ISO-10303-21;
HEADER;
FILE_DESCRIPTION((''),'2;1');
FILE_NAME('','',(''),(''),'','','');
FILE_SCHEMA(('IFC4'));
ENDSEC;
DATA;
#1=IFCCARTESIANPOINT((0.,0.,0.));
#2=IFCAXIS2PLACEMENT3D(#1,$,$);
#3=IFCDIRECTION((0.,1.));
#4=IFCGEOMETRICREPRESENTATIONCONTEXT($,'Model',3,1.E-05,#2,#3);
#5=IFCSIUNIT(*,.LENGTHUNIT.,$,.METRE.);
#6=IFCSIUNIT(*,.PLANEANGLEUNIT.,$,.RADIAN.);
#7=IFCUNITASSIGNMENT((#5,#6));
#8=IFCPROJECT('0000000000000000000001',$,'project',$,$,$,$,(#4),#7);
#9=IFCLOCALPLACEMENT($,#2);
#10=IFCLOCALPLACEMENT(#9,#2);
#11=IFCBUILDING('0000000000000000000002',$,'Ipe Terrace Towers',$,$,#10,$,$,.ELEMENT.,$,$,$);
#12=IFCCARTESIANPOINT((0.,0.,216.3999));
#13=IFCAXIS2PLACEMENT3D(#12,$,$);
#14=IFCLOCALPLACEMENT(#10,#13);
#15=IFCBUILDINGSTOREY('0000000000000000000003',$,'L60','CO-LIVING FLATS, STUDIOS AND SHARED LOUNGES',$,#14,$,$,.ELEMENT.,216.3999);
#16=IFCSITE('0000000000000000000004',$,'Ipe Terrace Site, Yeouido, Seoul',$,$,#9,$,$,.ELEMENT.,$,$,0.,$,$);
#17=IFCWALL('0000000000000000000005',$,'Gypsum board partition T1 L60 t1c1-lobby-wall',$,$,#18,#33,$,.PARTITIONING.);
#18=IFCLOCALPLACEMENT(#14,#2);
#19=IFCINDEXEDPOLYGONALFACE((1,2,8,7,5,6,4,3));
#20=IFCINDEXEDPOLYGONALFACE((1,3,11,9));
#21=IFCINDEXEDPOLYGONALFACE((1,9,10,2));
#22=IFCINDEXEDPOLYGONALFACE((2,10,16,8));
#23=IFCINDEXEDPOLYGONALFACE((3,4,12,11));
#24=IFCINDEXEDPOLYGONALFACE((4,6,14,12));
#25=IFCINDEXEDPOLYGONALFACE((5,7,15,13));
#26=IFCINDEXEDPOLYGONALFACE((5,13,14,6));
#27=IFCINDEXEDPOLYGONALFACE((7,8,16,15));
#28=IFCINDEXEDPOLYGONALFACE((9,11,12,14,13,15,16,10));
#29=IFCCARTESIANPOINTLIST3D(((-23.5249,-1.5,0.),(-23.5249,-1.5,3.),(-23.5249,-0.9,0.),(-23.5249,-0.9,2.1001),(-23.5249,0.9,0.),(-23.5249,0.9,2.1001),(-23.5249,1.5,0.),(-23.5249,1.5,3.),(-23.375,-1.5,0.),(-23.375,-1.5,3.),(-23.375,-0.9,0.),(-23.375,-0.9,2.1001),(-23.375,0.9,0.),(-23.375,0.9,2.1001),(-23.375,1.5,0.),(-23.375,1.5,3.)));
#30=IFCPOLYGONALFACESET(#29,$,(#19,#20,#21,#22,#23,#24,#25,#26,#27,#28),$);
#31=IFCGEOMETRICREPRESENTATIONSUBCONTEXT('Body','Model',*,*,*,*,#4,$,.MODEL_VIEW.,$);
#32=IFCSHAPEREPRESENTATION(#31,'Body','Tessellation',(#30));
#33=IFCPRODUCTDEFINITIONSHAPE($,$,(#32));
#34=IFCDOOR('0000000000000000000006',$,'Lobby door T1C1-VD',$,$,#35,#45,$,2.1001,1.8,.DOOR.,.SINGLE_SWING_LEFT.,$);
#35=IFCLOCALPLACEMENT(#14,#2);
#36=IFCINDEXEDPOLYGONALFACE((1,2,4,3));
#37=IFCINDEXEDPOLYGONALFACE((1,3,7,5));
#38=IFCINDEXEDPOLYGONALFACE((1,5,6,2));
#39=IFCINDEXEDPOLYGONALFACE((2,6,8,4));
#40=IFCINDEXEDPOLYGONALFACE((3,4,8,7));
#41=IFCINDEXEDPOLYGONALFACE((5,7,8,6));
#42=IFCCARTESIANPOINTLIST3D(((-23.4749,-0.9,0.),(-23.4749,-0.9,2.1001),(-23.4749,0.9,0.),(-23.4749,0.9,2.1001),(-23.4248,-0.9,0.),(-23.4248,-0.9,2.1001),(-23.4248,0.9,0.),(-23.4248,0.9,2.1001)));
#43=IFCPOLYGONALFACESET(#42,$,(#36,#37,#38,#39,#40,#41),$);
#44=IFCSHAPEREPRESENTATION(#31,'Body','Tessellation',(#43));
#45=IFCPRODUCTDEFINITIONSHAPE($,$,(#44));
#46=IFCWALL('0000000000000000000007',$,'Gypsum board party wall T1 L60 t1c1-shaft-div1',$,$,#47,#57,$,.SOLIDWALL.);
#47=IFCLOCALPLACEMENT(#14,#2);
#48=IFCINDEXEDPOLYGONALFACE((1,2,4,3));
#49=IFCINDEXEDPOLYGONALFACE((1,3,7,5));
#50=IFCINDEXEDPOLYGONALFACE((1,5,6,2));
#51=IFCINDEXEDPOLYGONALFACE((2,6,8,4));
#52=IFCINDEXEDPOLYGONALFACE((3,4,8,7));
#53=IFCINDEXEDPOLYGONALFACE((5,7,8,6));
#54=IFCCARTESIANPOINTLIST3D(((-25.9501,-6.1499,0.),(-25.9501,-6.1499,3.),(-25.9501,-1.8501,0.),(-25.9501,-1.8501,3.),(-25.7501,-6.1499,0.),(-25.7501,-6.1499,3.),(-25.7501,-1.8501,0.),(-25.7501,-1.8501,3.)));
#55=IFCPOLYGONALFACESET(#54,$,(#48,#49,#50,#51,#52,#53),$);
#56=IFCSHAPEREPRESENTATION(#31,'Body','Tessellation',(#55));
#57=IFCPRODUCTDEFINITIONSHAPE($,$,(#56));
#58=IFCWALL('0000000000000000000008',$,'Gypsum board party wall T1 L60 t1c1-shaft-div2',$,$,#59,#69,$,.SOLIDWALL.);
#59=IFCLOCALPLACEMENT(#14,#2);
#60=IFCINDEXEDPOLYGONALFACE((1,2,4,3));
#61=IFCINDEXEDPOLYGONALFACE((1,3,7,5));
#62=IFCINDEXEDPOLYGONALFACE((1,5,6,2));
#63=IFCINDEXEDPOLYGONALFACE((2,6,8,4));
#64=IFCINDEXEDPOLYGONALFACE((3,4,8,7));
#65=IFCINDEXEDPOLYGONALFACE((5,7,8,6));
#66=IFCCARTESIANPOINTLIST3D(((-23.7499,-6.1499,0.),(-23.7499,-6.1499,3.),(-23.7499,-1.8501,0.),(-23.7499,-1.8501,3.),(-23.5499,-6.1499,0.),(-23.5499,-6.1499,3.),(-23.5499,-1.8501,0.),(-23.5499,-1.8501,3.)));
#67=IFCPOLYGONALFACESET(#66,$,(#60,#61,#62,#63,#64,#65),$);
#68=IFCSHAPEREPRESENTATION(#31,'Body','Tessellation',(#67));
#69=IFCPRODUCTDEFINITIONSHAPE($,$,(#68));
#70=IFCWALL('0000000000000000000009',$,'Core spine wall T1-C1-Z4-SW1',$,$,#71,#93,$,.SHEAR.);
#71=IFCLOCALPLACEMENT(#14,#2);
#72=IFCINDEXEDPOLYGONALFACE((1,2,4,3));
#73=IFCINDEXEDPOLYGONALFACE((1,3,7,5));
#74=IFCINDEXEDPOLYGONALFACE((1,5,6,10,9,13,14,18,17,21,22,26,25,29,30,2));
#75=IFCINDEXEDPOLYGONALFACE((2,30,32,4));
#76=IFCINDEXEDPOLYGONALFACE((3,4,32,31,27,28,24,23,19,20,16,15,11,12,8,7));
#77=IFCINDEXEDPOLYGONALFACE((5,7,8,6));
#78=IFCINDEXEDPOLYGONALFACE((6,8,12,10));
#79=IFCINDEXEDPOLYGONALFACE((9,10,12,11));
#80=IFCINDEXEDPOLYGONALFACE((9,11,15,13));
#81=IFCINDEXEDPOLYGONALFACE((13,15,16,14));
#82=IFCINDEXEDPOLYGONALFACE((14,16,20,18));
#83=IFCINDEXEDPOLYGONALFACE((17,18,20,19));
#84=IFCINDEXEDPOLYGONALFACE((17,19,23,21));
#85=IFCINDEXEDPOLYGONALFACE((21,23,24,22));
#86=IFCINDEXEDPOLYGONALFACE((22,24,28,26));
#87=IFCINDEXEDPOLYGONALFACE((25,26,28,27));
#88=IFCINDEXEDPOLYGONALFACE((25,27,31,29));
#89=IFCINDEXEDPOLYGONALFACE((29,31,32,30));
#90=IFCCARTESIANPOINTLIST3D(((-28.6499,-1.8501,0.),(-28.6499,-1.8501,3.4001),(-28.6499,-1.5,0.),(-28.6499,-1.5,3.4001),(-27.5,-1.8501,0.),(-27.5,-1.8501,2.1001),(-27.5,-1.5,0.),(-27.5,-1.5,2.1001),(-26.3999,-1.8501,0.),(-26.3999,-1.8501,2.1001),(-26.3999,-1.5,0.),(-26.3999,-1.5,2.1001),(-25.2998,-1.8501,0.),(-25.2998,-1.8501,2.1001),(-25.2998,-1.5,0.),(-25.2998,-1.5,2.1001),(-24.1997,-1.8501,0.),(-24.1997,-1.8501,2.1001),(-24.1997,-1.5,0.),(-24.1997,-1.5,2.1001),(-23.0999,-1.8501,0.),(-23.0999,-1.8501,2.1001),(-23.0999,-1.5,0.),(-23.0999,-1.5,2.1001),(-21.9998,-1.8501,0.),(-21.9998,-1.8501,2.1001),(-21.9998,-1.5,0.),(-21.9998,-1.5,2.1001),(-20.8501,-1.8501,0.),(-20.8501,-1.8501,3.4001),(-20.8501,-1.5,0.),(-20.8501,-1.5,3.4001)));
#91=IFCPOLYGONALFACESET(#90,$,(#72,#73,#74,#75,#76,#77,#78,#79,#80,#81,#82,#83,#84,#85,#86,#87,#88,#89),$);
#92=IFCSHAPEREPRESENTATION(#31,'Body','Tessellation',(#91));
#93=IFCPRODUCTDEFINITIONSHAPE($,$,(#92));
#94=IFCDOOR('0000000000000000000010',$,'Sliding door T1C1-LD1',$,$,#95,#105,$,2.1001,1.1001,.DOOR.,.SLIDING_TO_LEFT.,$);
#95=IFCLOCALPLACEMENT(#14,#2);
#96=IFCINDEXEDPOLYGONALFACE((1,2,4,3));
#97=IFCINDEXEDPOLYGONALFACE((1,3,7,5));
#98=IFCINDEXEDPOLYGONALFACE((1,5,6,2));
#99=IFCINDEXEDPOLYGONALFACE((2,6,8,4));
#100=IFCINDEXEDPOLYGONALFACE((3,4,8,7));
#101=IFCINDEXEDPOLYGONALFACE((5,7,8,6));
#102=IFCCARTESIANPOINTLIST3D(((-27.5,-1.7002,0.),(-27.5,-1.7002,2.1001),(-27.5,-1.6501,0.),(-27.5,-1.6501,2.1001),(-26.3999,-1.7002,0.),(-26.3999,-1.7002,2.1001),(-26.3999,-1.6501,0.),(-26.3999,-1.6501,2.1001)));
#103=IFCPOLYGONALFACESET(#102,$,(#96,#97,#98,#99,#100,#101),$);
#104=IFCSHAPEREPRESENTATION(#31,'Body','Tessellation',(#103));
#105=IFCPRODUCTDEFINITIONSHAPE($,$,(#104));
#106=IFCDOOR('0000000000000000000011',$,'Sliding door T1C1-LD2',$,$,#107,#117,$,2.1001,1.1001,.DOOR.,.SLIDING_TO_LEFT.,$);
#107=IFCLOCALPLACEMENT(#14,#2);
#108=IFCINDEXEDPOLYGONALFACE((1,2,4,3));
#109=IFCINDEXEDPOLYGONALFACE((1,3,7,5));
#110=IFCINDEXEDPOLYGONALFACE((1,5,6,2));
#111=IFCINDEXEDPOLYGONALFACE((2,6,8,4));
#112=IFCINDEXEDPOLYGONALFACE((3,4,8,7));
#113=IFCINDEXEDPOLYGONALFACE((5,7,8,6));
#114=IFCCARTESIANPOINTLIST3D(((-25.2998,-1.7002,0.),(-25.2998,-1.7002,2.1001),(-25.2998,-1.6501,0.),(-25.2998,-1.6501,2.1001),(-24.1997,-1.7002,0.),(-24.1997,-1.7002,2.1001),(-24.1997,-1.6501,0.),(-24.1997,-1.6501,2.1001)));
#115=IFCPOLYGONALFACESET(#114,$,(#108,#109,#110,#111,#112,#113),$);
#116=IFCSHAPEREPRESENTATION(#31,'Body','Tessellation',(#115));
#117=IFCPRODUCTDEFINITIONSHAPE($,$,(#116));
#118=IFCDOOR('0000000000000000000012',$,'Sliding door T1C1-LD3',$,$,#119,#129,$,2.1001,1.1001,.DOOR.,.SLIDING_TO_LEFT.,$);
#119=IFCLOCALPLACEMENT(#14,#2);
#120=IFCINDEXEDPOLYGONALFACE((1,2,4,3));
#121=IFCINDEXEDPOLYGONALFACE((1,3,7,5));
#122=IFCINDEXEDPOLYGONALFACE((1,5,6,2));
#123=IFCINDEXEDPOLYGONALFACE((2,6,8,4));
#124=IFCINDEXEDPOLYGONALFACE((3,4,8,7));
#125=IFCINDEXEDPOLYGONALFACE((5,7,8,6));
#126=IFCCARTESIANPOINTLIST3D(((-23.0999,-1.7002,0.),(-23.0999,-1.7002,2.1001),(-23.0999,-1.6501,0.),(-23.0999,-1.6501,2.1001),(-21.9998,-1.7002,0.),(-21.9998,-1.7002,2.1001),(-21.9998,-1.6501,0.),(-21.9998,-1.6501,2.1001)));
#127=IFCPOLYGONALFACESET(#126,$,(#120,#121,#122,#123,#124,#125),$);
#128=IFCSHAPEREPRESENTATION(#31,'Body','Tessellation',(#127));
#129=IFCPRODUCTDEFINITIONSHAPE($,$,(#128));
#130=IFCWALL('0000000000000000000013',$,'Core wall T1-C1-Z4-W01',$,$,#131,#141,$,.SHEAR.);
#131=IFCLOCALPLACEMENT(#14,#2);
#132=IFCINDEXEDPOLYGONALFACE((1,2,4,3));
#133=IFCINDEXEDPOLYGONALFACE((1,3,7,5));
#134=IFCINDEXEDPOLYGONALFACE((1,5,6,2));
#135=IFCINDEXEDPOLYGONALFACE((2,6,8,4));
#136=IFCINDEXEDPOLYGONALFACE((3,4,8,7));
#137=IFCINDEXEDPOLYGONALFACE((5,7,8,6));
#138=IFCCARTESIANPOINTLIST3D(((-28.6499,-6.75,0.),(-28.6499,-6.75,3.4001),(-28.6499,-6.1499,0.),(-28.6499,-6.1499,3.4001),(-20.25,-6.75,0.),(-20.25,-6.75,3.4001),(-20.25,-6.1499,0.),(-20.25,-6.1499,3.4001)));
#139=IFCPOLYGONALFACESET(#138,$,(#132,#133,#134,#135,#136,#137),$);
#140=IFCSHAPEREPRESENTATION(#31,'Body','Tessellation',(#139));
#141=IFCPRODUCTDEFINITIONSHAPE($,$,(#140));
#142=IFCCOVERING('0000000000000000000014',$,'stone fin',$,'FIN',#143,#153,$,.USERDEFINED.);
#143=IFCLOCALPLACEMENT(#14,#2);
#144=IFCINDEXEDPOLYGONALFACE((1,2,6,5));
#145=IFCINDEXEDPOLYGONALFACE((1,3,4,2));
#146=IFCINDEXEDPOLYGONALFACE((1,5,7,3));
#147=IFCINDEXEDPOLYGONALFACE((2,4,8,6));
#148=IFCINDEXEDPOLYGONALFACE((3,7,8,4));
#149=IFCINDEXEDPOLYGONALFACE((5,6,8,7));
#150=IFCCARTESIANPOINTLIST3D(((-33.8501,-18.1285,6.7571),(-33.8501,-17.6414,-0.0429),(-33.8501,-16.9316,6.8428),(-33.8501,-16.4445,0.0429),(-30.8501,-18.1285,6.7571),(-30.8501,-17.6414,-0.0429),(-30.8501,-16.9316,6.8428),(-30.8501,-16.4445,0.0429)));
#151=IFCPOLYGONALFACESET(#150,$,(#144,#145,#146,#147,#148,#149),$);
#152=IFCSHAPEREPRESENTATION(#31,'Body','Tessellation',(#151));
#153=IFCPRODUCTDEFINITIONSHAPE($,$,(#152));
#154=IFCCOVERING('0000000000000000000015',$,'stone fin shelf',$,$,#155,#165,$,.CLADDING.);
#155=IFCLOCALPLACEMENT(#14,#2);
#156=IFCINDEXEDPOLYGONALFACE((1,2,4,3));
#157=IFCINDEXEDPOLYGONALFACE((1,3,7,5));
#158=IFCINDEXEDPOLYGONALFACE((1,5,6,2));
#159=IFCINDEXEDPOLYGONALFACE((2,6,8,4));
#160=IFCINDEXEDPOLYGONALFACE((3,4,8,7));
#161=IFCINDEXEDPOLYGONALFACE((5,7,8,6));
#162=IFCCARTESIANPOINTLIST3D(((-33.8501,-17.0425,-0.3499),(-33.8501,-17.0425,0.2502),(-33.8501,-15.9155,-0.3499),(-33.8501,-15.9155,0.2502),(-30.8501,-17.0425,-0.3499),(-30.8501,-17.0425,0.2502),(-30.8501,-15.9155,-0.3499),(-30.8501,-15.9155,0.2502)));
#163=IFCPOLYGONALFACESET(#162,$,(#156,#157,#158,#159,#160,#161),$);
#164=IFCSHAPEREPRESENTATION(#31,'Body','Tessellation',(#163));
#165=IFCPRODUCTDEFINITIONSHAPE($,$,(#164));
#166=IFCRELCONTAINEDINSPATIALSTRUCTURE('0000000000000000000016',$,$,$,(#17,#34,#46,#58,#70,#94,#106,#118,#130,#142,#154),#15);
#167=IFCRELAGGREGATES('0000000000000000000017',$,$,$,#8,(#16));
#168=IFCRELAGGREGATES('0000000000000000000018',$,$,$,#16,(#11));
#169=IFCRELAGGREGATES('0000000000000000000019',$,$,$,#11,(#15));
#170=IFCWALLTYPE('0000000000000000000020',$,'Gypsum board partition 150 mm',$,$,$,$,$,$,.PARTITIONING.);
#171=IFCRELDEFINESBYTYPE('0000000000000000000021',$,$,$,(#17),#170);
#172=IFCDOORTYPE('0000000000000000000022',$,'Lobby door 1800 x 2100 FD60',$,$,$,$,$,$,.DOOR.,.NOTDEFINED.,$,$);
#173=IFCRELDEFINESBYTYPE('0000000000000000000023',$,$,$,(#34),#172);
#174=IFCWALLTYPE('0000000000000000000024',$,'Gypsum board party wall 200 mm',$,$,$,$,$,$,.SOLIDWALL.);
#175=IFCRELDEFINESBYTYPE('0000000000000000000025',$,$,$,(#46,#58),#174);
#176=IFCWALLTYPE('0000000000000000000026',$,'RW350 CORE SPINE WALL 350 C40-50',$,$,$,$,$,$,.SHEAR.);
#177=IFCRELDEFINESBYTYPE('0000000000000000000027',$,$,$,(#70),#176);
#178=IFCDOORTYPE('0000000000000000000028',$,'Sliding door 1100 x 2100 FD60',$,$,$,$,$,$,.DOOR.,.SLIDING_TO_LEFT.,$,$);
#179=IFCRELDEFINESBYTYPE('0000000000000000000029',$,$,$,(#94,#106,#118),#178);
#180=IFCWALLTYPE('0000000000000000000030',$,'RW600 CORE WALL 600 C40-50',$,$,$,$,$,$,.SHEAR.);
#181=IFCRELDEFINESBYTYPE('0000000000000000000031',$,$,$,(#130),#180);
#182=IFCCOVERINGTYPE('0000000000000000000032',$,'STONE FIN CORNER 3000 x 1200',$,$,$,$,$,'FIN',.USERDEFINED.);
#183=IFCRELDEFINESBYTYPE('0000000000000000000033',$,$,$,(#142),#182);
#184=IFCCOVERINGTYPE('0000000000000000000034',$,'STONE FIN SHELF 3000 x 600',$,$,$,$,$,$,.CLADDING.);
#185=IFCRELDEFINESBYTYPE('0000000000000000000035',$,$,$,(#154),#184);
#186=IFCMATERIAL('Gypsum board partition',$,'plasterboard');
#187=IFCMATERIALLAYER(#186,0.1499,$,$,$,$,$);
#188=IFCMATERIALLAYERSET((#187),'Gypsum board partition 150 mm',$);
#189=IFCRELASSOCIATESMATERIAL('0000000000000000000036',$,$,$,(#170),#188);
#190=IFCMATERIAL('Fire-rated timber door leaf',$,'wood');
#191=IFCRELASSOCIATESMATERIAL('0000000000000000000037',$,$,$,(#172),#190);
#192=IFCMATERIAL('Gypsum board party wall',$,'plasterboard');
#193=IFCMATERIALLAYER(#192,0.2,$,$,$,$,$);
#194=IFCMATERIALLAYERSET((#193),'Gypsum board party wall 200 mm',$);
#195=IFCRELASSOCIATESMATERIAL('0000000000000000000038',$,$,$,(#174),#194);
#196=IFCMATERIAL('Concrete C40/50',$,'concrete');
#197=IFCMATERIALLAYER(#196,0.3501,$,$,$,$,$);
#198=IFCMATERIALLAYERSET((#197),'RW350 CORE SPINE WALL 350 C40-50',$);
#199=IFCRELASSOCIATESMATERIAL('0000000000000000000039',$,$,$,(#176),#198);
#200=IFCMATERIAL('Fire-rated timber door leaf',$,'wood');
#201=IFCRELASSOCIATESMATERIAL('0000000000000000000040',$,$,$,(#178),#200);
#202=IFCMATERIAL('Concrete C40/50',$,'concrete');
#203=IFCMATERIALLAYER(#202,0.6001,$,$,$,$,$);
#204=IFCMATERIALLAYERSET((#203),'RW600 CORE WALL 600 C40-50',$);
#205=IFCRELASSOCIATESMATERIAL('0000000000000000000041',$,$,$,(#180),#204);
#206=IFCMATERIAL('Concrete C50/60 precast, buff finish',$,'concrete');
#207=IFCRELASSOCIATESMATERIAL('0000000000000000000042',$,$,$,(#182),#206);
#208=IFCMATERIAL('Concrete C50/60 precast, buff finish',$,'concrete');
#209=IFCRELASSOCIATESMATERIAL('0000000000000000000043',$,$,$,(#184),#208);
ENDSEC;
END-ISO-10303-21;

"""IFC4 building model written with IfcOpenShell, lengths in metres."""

from ifc_helpers import new_model, si_unit, direction, frame, frame_2d, origin, origin_2d, place, context, subcontext, project, spatial, rectangle, extrude, material, layer, layer_set, material_profile, profile_set, type_object, element, fill, save


model = new_model("IFC4")

# Units and contexts
model_context = context("Model", 3, precision=1e-05, world=origin(), true_north=direction((0.0, 1.0)))
body_context = subcontext(model_context, "Body", "Model", "MODEL_VIEW")
ifc_project = project(units=[si_unit("LENGTHUNIT", "METRE"), si_unit("PLANEANGLEUNIT", "RADIAN")], contexts=[model_context])

# Site, building, storey
site_placement = place(None, origin())
site = spatial("IfcSite", under=ifc_project, at=site_placement, Name="Ipe Terrace Site, Yeouido, Seoul", CompositionType="ELEMENT", RefElevation=0.0)
building_placement = place(site_placement, origin())
building = spatial("IfcBuilding", under=site, at=building_placement, Name="Ipe Terrace Towers", CompositionType="ELEMENT")
storey_placement = place(building_placement, frame((0.0, 0.0, 216.3999)))
storey = spatial("IfcBuildingStorey", under=building, at=storey_placement, Name="L60", Description="CO-LIVING FLATS, STUDIOS AND SHARED LOUNGES", CompositionType="ELEMENT", Elevation=216.3999)

# Wall, opening, door
ifc_material_1 = material(Name="Gypsum board partition", Category="plasterboard")
ifc_layer_1 = layer(ifc_material_1, 0.1499)
ifc_layer_set_1 = layer_set([ifc_layer_1], Name="Gypsum board partition 150 mm")
wall_type_1 = type_object("IfcWallType", Name="Gypsum board partition 150 mm", PredefinedType="PARTITIONING", material=ifc_layer_set_1)
wall_1_placement = place(storey_placement, frame((-23.45, -1.5, 0.0), z_axis=(0.0, 0.0, 1.0), x_axis=(0.0, 1.0, 0.0)))
wall_1 = element("IfcWall", 1, at=wall_1_placement, inside=storey, type_object=wall_type_1, Name="Gypsum board partition T1 L60 t1c1-lobby-wall", PredefinedType="PARTITIONING", context=body_context, shape_type="SweptSolid", body=[
    extrude(rectangle(XDim=3.0, YDim=0.1499, at=frame_2d((1.5, 0.0))), origin(), (0.0, 0.0, 1.0), 3.0),
])
opening_1_placement = place(wall_1_placement, frame((0.6001, 0.0, 0.0)))
opening_1 = element("IfcOpeningElement", 2, at=opening_1_placement, cuts=wall_1, PredefinedType="OPENING", context=body_context, shape_type="SweptSolid", body=[
    extrude(rectangle(XDim=1.8, YDim=2.1001, at=frame_2d((0.8999, 1.05))), frame((0.0, 0.085, 0.0), z_axis=(0.0, -1.0, 0.0), x_axis=(1.0, 0.0, 0.0)), (0.0, 0.0, 1.0), 0.1699),
])
ifc_material_2 = material(Name="Fire-rated timber door leaf", Category="wood")
door_type_1 = type_object("IfcDoorType", Name="Lobby door 1800 x 2100 FD60", OperationType="NOTDEFINED", PredefinedType="DOOR", material=ifc_material_2)
door_1_placement = place(opening_1_placement, origin())
door_1 = element("IfcDoor", 3, at=door_1_placement, inside=storey, type_object=door_type_1, Name="Lobby door T1C1-VD", OperationType="SINGLE_SWING_LEFT", OverallHeight=2.1001, OverallWidth=1.8, PredefinedType="DOOR", context=body_context, shape_type="SweptSolid", body=[
    extrude(rectangle(XDim=1.8, YDim=2.1001, at=frame_2d((0.8999, 1.05))), frame((0.0, 0.0249, 0.0), z_axis=(0.0, -1.0, 0.0), x_axis=(1.0, 0.0, 0.0)), (0.0, 0.0, 1.0), 0.05),
])
fill(opening_1, door_1)

# Walls
ifc_material_3 = material(Name="Gypsum board party wall", Category="plasterboard")
ifc_layer_2 = layer(ifc_material_3, 0.2)
ifc_layer_set_2 = layer_set([ifc_layer_2], Name="Gypsum board party wall 200 mm")
wall_type_2 = type_object("IfcWallType", Name="Gypsum board party wall 200 mm", PredefinedType="SOLIDWALL", material=ifc_layer_set_2)
for number, where, z_axis, x_axis, name in (
    (4, (-25.8501, -6.1499, 0.0), (0.0, 0.0, 1.0), (0.0, 1.0, 0.0), "Gypsum board party wall T1 L60 t1c1-shaft-div1"),
    (5, (-23.6499, -6.1499, 0.0), (0.0, 0.0, 1.0), (0.0, 1.0, 0.0), "Gypsum board party wall T1 L60 t1c1-shaft-div2"),
):
    element("IfcWall", number, at=place(storey_placement, frame(where, z_axis=z_axis, x_axis=x_axis)), inside=storey, type_object=wall_type_2, Name=name, PredefinedType="SOLIDWALL", context=body_context, shape_type="SweptSolid", body=[
        extrude(rectangle(XDim=4.2998, YDim=0.2, at=frame_2d((2.1499, 0.0))), origin(), (0.0, 0.0, 1.0), 3.0),
    ])

# Wall, openings, doors
ifc_material_4 = material(Name="Concrete C40/50", Category="concrete")
ifc_layer_3 = layer(ifc_material_4, 0.3501)
ifc_layer_set_3 = layer_set([ifc_layer_3], Name="RW350 CORE SPINE WALL 350 C40-50")
wall_type_3 = type_object("IfcWallType", Name="RW350 CORE SPINE WALL 350 C40-50", PredefinedType="SHEAR", material=ifc_layer_set_3)
wall_2_placement = place(storey_placement, frame((-28.6499, -1.675, 0.0), z_axis=(0.0, 0.0, 1.0), x_axis=(1.0, 0.0, 0.0)))
wall_2 = element("IfcWall", 6, at=wall_2_placement, inside=storey, type_object=wall_type_3, Name="Core spine wall T1-C1-Z4-SW1", PredefinedType="SHEAR", context=body_context, shape_type="SweptSolid", body=[
    extrude(rectangle(XDim=7.7998, YDim=0.3501, at=frame_2d((3.8999, 0.0))), origin(), (0.0, 0.0, 1.0), 3.4001),
])
opening_2_placement = place(wall_2_placement, frame((1.1499, 0.0, 0.0)))
opening_2 = element("IfcOpeningElement", 7, at=opening_2_placement, cuts=wall_2, PredefinedType="OPENING", context=body_context, shape_type="SweptSolid", body=[
    extrude(rectangle(XDim=1.1001, YDim=2.1001, at=frame_2d((0.55, 1.05))), frame((0.0, 0.1851, 0.0), z_axis=(0.0, -1.0, 0.0), x_axis=(1.0, 0.0, 0.0)), (0.0, 0.0, 1.0), 0.3701),
])
opening_3_placement = place(wall_2_placement, frame((3.3501, 0.0, 0.0)))
opening_3 = element("IfcOpeningElement", 8, at=opening_3_placement, cuts=wall_2, PredefinedType="OPENING", context=body_context, shape_type="SweptSolid", body=[
    extrude(rectangle(XDim=1.1001, YDim=2.1001, at=frame_2d((0.55, 1.05))), frame((0.0, 0.1851, 0.0), z_axis=(0.0, -1.0, 0.0), x_axis=(1.0, 0.0, 0.0)), (0.0, 0.0, 1.0), 0.3701),
])
opening_4_placement = place(wall_2_placement, frame((5.55, 0.0, 0.0)))
opening_4 = element("IfcOpeningElement", 9, at=opening_4_placement, cuts=wall_2, PredefinedType="OPENING", context=body_context, shape_type="SweptSolid", body=[
    extrude(rectangle(XDim=1.1001, YDim=2.1001, at=frame_2d((0.55, 1.05))), frame((0.0, 0.1851, 0.0), z_axis=(0.0, -1.0, 0.0), x_axis=(1.0, 0.0, 0.0)), (0.0, 0.0, 1.0), 0.3701),
])
ifc_material_5 = material(Name="Fire-rated timber door leaf", Category="wood")
door_type_2 = type_object("IfcDoorType", Name="Sliding door 1100 x 2100 FD60", OperationType="SLIDING_TO_LEFT", PredefinedType="DOOR", material=ifc_material_5)
door_2_placement = place(opening_2_placement, origin())
door_2 = element("IfcDoor", 10, at=door_2_placement, inside=storey, type_object=door_type_2, Name="Sliding door T1C1-LD1", OperationType="SLIDING_TO_LEFT", OverallHeight=2.1001, OverallWidth=1.1001, PredefinedType="DOOR", context=body_context, shape_type="SweptSolid", body=[
    extrude(rectangle(XDim=1.1001, YDim=2.1001, at=frame_2d((0.55, 1.05))), frame((0.0, 0.0249, 0.0), z_axis=(0.0, -1.0, 0.0), x_axis=(1.0, 0.0, 0.0)), (0.0, 0.0, 1.0), 0.05),
])
fill(opening_2, door_2)
door_3_placement = place(opening_3_placement, origin())
door_3 = element("IfcDoor", 11, at=door_3_placement, inside=storey, type_object=door_type_2, Name="Sliding door T1C1-LD2", OperationType="SLIDING_TO_LEFT", OverallHeight=2.1001, OverallWidth=1.1001, PredefinedType="DOOR", context=body_context, shape_type="SweptSolid", body=[
    extrude(rectangle(XDim=1.1001, YDim=2.1001, at=frame_2d((0.55, 1.05))), frame((0.0, 0.0249, 0.0), z_axis=(0.0, -1.0, 0.0), x_axis=(1.0, 0.0, 0.0)), (0.0, 0.0, 1.0), 0.05),
])
fill(opening_3, door_3)
door_4_placement = place(opening_4_placement, origin())
door_4 = element("IfcDoor", 12, at=door_4_placement, inside=storey, type_object=door_type_2, Name="Sliding door T1C1-LD3", OperationType="SLIDING_TO_LEFT", OverallHeight=2.1001, OverallWidth=1.1001, PredefinedType="DOOR", context=body_context, shape_type="SweptSolid", body=[
    extrude(rectangle(XDim=1.1001, YDim=2.1001, at=frame_2d((0.55, 1.05))), frame((0.0, 0.0249, 0.0), z_axis=(0.0, -1.0, 0.0), x_axis=(1.0, 0.0, 0.0)), (0.0, 0.0, 1.0), 0.05),
])
fill(opening_4, door_4)

# Wall
ifc_material_6 = material(Name="Concrete C40/50", Category="concrete")
ifc_layer_4 = layer(ifc_material_6, 0.6001)
ifc_layer_set_4 = layer_set([ifc_layer_4], Name="RW600 CORE WALL 600 C40-50")
wall_type_4 = type_object("IfcWallType", Name="RW600 CORE WALL 600 C40-50", PredefinedType="SHEAR", material=ifc_layer_set_4)
wall_3_placement = place(storey_placement, frame((-28.6499, -6.45, 0.0), z_axis=(0.0, 0.0, 1.0), x_axis=(1.0, 0.0, 0.0)))
element("IfcWall", 13, at=wall_3_placement, inside=storey, type_object=wall_type_4, Name="Core wall T1-C1-Z4-W01", PredefinedType="SHEAR", context=body_context, shape_type="SweptSolid", body=[
    extrude(rectangle(XDim=8.3999, YDim=0.6001, at=frame_2d((4.2, 0.0))), origin(), (0.0, 0.0, 1.0), 3.4001),
])

# Coverings
ifc_material_7 = material(Name="Concrete C50/60 precast, buff finish", Category="concrete")
ifc_material_profile_1 = material_profile(ifc_material_7, rectangle(XDim=3.0, YDim=1.2, at=origin_2d()), Name="STONE FIN CORNER 3000 x 1200")
ifc_profile_set_1 = profile_set([ifc_material_profile_1], Name="Concrete C50/60 precast, buff finish")
covering_type_1 = type_object("IfcCoveringType", Name="STONE FIN CORNER 3000 x 1200", ElementType="FIN", PredefinedType="USERDEFINED", material=ifc_profile_set_1)
covering_1_placement = place(storey_placement, frame((-32.3501, -17.043, 0.0), z_axis=(0.0, -0.071443, 0.997445), x_axis=(1.0, 0.0, 0.0)))
element("IfcCovering", 14, at=covering_1_placement, inside=storey, type_object=covering_type_1, Name="stone fin", ObjectType="FIN", PredefinedType="USERDEFINED", context=body_context, shape_type="SweptSolid", body=[
    extrude(rectangle(XDim=3.0, YDim=1.2, at=origin_2d()), origin(), (0.0, 0.0, 1.0), 6.8174),
])
ifc_material_8 = material(Name="Concrete C50/60 precast, buff finish", Category="concrete")
covering_type_2 = type_object("IfcCoveringType", Name="STONE FIN SHELF 3000 x 600", PredefinedType="CLADDING", material=ifc_material_8)
covering_2_placement = place(storey_placement, frame((-32.3501, -16.479, -0.3499), z_axis=(0.0, 0.0, 1.0), x_axis=(1.0, 0.0, 0.0)))
element("IfcCovering", 15, at=covering_2_placement, inside=storey, type_object=covering_type_2, Name="stone fin shelf", PredefinedType="CLADDING", context=body_context, shape_type="SweptSolid", body=[
    extrude(rectangle(XDim=3.0, YDim=1.127, at=origin_2d()), origin(), (0.0, 0.0, 1.0), 0.6001),
])

save(model, "model.ifc")
